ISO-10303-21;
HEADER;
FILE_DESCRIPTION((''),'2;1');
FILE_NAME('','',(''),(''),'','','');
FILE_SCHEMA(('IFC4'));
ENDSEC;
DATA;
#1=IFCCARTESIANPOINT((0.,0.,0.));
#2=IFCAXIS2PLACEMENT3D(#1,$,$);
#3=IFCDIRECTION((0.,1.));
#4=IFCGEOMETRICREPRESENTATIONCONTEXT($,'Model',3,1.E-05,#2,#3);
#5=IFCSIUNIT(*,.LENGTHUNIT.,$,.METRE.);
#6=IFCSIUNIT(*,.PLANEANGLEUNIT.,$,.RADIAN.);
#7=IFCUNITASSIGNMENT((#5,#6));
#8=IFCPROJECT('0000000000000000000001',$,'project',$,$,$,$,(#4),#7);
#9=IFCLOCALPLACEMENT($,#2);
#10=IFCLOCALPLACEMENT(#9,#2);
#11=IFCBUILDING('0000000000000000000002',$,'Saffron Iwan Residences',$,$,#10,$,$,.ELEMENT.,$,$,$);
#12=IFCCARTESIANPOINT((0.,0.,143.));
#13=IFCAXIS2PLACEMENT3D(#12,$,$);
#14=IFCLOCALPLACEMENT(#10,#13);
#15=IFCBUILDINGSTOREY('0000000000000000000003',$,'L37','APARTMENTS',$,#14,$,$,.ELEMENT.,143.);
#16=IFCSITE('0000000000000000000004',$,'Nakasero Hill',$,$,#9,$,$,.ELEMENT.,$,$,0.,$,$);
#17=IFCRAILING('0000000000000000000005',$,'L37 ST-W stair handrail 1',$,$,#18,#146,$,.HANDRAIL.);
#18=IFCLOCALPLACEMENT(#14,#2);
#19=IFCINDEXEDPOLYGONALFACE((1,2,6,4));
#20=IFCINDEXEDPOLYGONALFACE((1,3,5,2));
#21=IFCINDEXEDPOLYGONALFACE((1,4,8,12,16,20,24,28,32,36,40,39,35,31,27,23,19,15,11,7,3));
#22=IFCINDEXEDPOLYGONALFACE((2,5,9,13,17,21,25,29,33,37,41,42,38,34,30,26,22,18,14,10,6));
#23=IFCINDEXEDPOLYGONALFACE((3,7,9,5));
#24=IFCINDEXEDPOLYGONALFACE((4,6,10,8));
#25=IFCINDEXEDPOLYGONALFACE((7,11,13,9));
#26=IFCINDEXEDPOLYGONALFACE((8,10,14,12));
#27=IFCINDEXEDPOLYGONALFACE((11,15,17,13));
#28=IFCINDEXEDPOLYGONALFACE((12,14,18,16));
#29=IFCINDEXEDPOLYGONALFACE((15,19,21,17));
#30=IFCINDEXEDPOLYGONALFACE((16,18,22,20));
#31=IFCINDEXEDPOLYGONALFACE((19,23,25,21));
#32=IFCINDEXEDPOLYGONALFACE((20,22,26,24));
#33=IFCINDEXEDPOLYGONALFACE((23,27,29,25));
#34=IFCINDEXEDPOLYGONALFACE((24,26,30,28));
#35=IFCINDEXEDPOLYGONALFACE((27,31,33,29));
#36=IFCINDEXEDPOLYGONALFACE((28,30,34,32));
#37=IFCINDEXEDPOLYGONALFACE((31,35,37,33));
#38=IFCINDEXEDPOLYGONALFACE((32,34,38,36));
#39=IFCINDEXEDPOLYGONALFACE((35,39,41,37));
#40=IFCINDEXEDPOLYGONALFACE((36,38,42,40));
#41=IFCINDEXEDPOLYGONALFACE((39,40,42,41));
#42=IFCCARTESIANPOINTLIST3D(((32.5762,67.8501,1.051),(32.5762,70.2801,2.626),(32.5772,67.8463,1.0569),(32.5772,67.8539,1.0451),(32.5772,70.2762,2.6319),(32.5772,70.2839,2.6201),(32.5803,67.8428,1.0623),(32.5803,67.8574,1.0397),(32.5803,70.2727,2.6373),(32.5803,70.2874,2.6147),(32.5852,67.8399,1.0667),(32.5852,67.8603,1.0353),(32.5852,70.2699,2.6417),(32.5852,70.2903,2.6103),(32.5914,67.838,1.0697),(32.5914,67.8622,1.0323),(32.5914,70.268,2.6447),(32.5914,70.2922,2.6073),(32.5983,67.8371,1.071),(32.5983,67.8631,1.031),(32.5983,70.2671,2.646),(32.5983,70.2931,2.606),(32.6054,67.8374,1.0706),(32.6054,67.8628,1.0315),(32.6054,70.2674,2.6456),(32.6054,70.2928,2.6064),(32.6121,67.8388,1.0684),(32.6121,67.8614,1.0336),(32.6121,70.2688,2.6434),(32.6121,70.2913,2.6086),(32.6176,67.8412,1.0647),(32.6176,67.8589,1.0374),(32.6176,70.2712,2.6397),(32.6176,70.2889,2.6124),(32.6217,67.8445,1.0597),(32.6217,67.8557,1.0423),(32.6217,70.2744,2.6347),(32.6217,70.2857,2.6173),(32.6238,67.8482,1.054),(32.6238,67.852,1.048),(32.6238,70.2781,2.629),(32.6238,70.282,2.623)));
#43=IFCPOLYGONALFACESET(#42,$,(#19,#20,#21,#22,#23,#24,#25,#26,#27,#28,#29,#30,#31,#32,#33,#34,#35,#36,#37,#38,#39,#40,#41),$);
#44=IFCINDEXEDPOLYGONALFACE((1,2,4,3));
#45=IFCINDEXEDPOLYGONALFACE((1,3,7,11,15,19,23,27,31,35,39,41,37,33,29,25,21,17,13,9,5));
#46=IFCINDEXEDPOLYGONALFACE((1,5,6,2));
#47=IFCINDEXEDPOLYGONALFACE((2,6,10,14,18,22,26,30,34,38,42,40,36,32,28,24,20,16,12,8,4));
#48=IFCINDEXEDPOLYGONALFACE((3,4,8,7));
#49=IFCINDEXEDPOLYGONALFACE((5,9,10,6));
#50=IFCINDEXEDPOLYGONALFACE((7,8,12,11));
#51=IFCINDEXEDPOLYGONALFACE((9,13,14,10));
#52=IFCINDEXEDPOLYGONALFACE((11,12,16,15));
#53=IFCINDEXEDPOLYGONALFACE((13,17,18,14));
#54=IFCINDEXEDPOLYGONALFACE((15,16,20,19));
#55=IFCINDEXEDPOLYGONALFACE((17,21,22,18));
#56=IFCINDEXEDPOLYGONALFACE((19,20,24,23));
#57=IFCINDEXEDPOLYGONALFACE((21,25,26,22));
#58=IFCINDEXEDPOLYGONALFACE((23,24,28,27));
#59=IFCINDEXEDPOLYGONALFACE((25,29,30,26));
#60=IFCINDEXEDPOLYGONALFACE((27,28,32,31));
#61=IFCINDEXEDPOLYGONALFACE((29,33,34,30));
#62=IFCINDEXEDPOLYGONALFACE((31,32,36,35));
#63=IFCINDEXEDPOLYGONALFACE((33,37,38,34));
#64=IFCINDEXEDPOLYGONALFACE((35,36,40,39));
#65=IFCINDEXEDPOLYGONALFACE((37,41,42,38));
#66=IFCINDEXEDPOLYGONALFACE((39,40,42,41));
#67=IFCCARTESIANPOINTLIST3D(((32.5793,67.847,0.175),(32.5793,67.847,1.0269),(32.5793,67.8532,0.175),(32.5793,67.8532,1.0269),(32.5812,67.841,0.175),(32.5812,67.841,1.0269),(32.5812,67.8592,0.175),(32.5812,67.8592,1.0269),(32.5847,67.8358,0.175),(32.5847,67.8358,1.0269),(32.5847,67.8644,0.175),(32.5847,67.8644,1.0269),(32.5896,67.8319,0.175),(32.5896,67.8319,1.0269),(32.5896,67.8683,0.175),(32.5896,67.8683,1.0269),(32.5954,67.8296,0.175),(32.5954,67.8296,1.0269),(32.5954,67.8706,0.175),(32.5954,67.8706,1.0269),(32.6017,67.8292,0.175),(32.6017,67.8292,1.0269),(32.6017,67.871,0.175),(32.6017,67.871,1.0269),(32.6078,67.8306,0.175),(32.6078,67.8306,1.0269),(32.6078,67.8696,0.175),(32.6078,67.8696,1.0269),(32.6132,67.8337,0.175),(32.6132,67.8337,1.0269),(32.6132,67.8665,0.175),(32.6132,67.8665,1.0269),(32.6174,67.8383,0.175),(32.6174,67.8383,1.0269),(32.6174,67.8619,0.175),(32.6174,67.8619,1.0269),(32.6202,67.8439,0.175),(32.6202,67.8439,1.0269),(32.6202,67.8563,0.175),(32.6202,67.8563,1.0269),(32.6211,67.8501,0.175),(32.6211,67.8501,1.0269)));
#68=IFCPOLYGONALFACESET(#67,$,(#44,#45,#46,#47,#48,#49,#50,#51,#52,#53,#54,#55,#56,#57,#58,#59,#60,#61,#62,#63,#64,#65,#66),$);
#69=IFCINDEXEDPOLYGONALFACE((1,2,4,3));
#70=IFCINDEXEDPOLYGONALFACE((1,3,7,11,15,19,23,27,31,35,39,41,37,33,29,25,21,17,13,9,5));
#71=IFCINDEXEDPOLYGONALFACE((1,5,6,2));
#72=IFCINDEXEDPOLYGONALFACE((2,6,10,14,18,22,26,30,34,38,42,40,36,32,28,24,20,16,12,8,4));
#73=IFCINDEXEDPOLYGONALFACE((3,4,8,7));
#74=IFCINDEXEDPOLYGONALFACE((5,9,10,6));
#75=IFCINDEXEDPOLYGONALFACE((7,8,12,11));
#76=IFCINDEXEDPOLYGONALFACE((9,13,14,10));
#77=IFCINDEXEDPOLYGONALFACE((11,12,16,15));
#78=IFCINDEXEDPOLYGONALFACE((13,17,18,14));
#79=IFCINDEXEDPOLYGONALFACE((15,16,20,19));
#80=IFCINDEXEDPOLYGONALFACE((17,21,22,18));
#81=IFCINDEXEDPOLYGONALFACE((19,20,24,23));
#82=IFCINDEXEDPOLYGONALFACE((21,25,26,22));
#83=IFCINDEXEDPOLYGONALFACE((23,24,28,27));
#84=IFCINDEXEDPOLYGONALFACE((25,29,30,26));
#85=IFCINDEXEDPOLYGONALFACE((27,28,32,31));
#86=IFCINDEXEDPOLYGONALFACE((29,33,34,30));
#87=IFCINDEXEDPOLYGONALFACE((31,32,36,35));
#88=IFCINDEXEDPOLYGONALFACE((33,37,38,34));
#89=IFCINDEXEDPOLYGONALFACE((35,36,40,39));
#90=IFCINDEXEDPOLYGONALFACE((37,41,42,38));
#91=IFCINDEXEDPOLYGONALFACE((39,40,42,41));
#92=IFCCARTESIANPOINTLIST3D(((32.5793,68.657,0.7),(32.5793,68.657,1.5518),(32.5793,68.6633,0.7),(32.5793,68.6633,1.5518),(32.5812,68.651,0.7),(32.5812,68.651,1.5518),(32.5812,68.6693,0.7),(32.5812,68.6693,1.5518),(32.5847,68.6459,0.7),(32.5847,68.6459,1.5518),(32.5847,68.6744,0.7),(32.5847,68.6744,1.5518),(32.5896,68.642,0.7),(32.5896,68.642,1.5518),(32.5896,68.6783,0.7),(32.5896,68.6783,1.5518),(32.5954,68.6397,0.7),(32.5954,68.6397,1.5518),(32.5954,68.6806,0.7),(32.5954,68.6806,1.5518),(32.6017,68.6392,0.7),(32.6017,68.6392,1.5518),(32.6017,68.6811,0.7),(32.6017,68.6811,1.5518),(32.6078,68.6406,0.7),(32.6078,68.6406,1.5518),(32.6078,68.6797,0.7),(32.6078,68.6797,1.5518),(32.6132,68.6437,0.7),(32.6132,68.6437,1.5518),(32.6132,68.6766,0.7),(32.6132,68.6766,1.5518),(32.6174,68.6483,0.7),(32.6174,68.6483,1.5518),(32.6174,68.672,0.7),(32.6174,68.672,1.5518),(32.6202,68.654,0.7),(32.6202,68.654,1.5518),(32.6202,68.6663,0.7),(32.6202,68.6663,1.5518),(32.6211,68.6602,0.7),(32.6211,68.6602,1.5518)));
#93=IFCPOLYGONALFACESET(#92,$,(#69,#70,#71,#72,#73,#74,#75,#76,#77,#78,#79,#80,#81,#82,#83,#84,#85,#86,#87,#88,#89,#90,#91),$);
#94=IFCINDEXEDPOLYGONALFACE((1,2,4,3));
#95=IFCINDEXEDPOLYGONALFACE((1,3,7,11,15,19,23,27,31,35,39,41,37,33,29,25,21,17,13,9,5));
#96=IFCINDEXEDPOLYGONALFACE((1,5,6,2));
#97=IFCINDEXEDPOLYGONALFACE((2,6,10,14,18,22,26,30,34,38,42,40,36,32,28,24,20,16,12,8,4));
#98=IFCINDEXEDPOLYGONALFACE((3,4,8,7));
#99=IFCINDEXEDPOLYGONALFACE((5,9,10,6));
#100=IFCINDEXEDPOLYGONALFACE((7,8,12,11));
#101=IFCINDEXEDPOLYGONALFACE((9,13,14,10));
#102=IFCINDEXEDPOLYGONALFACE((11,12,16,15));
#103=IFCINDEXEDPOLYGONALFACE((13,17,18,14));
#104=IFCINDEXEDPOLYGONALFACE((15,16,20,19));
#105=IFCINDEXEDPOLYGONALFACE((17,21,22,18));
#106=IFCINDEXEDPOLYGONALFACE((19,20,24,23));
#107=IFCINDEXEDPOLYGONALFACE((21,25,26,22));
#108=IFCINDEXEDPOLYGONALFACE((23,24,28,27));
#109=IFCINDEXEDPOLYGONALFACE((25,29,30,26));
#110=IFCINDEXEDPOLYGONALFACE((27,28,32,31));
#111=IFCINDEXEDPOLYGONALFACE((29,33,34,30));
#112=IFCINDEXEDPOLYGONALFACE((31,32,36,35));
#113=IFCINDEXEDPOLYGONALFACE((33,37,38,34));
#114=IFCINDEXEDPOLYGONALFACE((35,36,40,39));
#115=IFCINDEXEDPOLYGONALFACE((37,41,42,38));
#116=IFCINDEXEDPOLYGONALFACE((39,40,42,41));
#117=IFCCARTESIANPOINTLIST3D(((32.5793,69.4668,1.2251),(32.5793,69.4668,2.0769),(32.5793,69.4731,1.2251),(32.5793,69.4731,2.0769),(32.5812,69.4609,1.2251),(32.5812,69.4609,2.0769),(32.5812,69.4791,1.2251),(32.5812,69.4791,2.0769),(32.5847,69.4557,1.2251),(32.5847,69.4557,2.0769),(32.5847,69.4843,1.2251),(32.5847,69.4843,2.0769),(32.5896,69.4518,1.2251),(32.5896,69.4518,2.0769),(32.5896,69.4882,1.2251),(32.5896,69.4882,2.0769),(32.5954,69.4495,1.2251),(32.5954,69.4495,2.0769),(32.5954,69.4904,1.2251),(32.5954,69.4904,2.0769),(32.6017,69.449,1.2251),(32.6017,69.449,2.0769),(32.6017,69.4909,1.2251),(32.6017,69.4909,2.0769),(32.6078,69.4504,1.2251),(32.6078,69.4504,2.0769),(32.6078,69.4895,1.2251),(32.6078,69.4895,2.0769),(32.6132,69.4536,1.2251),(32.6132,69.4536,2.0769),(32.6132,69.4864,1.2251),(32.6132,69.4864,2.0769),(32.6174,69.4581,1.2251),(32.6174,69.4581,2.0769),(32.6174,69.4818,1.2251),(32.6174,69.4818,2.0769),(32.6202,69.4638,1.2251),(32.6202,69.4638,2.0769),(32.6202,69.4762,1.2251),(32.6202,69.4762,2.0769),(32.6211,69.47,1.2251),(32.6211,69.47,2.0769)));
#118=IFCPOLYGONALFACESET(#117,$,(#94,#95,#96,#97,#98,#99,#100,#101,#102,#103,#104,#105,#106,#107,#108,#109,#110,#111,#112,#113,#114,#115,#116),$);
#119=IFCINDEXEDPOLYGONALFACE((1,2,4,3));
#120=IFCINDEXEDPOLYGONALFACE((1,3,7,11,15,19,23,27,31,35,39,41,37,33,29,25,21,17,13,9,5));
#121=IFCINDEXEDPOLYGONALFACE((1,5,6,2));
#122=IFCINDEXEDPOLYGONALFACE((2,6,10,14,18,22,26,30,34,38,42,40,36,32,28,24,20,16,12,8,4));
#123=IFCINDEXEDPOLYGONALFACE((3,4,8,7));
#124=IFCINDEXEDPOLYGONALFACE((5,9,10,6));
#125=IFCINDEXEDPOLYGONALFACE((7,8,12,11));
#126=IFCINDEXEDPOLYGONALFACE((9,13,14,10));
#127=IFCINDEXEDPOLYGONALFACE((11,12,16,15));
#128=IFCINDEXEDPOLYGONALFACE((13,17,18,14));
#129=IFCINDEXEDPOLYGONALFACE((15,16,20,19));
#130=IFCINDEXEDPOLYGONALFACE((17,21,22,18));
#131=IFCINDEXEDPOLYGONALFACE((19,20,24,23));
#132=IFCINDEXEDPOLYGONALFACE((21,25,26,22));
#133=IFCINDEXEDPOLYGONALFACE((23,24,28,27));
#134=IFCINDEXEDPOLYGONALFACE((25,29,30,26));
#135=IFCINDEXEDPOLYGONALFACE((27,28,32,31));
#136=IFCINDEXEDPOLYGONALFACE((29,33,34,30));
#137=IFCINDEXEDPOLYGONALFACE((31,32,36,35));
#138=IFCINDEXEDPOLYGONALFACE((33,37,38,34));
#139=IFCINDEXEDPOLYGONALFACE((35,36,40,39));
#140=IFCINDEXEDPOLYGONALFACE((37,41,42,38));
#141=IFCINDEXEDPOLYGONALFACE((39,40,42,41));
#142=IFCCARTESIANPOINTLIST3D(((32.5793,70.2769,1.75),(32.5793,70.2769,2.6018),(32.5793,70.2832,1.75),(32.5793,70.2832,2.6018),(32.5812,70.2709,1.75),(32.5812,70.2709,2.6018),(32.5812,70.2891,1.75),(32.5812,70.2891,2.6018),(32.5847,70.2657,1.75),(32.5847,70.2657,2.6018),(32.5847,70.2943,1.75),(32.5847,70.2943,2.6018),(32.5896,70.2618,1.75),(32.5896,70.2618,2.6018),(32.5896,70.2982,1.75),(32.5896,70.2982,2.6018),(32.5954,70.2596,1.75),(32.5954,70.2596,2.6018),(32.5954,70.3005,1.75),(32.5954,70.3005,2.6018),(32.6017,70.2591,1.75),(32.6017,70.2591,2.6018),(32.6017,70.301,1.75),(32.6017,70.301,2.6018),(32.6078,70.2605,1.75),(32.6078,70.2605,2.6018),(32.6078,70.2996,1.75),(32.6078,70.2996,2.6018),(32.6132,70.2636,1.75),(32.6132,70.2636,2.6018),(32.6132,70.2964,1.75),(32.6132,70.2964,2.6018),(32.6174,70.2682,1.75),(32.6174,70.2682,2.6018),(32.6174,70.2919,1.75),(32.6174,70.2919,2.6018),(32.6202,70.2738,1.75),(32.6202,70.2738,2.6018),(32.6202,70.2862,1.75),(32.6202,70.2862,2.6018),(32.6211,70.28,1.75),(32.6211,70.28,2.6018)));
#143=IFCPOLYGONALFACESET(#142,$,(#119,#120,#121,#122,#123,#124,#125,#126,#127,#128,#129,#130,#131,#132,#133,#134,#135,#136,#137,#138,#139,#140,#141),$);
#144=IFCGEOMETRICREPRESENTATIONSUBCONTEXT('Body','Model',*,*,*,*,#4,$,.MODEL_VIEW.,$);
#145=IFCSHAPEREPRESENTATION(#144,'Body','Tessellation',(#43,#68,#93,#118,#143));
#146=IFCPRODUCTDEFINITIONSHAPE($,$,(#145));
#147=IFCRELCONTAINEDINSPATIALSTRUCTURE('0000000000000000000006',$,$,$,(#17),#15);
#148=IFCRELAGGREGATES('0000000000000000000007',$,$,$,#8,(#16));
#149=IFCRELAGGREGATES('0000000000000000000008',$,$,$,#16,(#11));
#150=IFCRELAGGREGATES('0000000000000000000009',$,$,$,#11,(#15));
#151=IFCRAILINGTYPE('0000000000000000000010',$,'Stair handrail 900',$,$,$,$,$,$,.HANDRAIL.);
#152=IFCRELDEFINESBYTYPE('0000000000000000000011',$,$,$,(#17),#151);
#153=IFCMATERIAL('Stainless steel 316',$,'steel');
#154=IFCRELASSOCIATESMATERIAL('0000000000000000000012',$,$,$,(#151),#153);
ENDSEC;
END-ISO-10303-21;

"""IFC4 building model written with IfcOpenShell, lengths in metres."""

from ifc_helpers import new_model, si_unit, direction, frame, origin, origin_2d, place, context, subcontext, project, spatial, circle, extrude, material, type_object, element, save


model = new_model("IFC4")

# Units and contexts
model_context = context("Model", 3, precision=1e-05, world=origin(), true_north=direction((0.0, 1.0)))
body_context = subcontext(model_context, "Body", "Model", "MODEL_VIEW")
ifc_project = project(units=[si_unit("LENGTHUNIT", "METRE"), si_unit("PLANEANGLEUNIT", "RADIAN")], contexts=[model_context])

# Site, building, storey
site_placement = place(None, origin())
site = spatial("IfcSite", under=ifc_project, at=site_placement, Name="Nakasero Hill", CompositionType="ELEMENT", RefElevation=0.0)
building_placement = place(site_placement, origin())
building = spatial("IfcBuilding", under=site, at=building_placement, Name="Saffron Iwan Residences", CompositionType="ELEMENT")
storey_placement = place(building_placement, frame((0.0, 0.0, 143.0)))
storey = spatial("IfcBuildingStorey", under=building, at=storey_placement, Name="L37", Description="APARTMENTS", CompositionType="ELEMENT", Elevation=143.0)

# Railing
ifc_material_1 = material(Name="Stainless steel 316", Category="steel")
railing_type_1 = type_object("IfcRailingType", Name="Stair handrail 900", PredefinedType="HANDRAIL", material=ifc_material_1)
railing_1_placement = place(storey_placement, frame((32.6001, 67.8501, 0.175)))
element("IfcRailing", 1, at=railing_1_placement, inside=storey, type_object=railing_type_1, Name="L37 ST-W stair handrail 1", PredefinedType="HANDRAIL", context=body_context, shape_type="SweptSolid", body=[
    extrude(circle(Radius=0.0239, at=origin_2d()), frame((0.0, 0.0, 0.876), z_axis=(0.0, 0.839154, 0.543894), x_axis=(-1.0, 0.0, 0.0)), (0.0, 0.0, 1.0), 2.8958),
    extrude(circle(Radius=0.021, at=origin_2d()), origin(), (0.0, 0.0, 1.0), 0.8518),
    extrude(circle(Radius=0.021, at=origin_2d()), frame((0.0, 0.8101, 0.5249)), (0.0, 0.0, 1.0), 0.8518),
    extrude(circle(Radius=0.021, at=origin_2d()), frame((0.0, 1.6199, 1.05)), (0.0, 0.0, 1.0), 0.8518),
    extrude(circle(Radius=0.021, at=origin_2d()), frame((0.0, 2.4299, 1.575)), (0.0, 0.0, 1.0), 0.8518),
])

save(model, "model.ifc")
